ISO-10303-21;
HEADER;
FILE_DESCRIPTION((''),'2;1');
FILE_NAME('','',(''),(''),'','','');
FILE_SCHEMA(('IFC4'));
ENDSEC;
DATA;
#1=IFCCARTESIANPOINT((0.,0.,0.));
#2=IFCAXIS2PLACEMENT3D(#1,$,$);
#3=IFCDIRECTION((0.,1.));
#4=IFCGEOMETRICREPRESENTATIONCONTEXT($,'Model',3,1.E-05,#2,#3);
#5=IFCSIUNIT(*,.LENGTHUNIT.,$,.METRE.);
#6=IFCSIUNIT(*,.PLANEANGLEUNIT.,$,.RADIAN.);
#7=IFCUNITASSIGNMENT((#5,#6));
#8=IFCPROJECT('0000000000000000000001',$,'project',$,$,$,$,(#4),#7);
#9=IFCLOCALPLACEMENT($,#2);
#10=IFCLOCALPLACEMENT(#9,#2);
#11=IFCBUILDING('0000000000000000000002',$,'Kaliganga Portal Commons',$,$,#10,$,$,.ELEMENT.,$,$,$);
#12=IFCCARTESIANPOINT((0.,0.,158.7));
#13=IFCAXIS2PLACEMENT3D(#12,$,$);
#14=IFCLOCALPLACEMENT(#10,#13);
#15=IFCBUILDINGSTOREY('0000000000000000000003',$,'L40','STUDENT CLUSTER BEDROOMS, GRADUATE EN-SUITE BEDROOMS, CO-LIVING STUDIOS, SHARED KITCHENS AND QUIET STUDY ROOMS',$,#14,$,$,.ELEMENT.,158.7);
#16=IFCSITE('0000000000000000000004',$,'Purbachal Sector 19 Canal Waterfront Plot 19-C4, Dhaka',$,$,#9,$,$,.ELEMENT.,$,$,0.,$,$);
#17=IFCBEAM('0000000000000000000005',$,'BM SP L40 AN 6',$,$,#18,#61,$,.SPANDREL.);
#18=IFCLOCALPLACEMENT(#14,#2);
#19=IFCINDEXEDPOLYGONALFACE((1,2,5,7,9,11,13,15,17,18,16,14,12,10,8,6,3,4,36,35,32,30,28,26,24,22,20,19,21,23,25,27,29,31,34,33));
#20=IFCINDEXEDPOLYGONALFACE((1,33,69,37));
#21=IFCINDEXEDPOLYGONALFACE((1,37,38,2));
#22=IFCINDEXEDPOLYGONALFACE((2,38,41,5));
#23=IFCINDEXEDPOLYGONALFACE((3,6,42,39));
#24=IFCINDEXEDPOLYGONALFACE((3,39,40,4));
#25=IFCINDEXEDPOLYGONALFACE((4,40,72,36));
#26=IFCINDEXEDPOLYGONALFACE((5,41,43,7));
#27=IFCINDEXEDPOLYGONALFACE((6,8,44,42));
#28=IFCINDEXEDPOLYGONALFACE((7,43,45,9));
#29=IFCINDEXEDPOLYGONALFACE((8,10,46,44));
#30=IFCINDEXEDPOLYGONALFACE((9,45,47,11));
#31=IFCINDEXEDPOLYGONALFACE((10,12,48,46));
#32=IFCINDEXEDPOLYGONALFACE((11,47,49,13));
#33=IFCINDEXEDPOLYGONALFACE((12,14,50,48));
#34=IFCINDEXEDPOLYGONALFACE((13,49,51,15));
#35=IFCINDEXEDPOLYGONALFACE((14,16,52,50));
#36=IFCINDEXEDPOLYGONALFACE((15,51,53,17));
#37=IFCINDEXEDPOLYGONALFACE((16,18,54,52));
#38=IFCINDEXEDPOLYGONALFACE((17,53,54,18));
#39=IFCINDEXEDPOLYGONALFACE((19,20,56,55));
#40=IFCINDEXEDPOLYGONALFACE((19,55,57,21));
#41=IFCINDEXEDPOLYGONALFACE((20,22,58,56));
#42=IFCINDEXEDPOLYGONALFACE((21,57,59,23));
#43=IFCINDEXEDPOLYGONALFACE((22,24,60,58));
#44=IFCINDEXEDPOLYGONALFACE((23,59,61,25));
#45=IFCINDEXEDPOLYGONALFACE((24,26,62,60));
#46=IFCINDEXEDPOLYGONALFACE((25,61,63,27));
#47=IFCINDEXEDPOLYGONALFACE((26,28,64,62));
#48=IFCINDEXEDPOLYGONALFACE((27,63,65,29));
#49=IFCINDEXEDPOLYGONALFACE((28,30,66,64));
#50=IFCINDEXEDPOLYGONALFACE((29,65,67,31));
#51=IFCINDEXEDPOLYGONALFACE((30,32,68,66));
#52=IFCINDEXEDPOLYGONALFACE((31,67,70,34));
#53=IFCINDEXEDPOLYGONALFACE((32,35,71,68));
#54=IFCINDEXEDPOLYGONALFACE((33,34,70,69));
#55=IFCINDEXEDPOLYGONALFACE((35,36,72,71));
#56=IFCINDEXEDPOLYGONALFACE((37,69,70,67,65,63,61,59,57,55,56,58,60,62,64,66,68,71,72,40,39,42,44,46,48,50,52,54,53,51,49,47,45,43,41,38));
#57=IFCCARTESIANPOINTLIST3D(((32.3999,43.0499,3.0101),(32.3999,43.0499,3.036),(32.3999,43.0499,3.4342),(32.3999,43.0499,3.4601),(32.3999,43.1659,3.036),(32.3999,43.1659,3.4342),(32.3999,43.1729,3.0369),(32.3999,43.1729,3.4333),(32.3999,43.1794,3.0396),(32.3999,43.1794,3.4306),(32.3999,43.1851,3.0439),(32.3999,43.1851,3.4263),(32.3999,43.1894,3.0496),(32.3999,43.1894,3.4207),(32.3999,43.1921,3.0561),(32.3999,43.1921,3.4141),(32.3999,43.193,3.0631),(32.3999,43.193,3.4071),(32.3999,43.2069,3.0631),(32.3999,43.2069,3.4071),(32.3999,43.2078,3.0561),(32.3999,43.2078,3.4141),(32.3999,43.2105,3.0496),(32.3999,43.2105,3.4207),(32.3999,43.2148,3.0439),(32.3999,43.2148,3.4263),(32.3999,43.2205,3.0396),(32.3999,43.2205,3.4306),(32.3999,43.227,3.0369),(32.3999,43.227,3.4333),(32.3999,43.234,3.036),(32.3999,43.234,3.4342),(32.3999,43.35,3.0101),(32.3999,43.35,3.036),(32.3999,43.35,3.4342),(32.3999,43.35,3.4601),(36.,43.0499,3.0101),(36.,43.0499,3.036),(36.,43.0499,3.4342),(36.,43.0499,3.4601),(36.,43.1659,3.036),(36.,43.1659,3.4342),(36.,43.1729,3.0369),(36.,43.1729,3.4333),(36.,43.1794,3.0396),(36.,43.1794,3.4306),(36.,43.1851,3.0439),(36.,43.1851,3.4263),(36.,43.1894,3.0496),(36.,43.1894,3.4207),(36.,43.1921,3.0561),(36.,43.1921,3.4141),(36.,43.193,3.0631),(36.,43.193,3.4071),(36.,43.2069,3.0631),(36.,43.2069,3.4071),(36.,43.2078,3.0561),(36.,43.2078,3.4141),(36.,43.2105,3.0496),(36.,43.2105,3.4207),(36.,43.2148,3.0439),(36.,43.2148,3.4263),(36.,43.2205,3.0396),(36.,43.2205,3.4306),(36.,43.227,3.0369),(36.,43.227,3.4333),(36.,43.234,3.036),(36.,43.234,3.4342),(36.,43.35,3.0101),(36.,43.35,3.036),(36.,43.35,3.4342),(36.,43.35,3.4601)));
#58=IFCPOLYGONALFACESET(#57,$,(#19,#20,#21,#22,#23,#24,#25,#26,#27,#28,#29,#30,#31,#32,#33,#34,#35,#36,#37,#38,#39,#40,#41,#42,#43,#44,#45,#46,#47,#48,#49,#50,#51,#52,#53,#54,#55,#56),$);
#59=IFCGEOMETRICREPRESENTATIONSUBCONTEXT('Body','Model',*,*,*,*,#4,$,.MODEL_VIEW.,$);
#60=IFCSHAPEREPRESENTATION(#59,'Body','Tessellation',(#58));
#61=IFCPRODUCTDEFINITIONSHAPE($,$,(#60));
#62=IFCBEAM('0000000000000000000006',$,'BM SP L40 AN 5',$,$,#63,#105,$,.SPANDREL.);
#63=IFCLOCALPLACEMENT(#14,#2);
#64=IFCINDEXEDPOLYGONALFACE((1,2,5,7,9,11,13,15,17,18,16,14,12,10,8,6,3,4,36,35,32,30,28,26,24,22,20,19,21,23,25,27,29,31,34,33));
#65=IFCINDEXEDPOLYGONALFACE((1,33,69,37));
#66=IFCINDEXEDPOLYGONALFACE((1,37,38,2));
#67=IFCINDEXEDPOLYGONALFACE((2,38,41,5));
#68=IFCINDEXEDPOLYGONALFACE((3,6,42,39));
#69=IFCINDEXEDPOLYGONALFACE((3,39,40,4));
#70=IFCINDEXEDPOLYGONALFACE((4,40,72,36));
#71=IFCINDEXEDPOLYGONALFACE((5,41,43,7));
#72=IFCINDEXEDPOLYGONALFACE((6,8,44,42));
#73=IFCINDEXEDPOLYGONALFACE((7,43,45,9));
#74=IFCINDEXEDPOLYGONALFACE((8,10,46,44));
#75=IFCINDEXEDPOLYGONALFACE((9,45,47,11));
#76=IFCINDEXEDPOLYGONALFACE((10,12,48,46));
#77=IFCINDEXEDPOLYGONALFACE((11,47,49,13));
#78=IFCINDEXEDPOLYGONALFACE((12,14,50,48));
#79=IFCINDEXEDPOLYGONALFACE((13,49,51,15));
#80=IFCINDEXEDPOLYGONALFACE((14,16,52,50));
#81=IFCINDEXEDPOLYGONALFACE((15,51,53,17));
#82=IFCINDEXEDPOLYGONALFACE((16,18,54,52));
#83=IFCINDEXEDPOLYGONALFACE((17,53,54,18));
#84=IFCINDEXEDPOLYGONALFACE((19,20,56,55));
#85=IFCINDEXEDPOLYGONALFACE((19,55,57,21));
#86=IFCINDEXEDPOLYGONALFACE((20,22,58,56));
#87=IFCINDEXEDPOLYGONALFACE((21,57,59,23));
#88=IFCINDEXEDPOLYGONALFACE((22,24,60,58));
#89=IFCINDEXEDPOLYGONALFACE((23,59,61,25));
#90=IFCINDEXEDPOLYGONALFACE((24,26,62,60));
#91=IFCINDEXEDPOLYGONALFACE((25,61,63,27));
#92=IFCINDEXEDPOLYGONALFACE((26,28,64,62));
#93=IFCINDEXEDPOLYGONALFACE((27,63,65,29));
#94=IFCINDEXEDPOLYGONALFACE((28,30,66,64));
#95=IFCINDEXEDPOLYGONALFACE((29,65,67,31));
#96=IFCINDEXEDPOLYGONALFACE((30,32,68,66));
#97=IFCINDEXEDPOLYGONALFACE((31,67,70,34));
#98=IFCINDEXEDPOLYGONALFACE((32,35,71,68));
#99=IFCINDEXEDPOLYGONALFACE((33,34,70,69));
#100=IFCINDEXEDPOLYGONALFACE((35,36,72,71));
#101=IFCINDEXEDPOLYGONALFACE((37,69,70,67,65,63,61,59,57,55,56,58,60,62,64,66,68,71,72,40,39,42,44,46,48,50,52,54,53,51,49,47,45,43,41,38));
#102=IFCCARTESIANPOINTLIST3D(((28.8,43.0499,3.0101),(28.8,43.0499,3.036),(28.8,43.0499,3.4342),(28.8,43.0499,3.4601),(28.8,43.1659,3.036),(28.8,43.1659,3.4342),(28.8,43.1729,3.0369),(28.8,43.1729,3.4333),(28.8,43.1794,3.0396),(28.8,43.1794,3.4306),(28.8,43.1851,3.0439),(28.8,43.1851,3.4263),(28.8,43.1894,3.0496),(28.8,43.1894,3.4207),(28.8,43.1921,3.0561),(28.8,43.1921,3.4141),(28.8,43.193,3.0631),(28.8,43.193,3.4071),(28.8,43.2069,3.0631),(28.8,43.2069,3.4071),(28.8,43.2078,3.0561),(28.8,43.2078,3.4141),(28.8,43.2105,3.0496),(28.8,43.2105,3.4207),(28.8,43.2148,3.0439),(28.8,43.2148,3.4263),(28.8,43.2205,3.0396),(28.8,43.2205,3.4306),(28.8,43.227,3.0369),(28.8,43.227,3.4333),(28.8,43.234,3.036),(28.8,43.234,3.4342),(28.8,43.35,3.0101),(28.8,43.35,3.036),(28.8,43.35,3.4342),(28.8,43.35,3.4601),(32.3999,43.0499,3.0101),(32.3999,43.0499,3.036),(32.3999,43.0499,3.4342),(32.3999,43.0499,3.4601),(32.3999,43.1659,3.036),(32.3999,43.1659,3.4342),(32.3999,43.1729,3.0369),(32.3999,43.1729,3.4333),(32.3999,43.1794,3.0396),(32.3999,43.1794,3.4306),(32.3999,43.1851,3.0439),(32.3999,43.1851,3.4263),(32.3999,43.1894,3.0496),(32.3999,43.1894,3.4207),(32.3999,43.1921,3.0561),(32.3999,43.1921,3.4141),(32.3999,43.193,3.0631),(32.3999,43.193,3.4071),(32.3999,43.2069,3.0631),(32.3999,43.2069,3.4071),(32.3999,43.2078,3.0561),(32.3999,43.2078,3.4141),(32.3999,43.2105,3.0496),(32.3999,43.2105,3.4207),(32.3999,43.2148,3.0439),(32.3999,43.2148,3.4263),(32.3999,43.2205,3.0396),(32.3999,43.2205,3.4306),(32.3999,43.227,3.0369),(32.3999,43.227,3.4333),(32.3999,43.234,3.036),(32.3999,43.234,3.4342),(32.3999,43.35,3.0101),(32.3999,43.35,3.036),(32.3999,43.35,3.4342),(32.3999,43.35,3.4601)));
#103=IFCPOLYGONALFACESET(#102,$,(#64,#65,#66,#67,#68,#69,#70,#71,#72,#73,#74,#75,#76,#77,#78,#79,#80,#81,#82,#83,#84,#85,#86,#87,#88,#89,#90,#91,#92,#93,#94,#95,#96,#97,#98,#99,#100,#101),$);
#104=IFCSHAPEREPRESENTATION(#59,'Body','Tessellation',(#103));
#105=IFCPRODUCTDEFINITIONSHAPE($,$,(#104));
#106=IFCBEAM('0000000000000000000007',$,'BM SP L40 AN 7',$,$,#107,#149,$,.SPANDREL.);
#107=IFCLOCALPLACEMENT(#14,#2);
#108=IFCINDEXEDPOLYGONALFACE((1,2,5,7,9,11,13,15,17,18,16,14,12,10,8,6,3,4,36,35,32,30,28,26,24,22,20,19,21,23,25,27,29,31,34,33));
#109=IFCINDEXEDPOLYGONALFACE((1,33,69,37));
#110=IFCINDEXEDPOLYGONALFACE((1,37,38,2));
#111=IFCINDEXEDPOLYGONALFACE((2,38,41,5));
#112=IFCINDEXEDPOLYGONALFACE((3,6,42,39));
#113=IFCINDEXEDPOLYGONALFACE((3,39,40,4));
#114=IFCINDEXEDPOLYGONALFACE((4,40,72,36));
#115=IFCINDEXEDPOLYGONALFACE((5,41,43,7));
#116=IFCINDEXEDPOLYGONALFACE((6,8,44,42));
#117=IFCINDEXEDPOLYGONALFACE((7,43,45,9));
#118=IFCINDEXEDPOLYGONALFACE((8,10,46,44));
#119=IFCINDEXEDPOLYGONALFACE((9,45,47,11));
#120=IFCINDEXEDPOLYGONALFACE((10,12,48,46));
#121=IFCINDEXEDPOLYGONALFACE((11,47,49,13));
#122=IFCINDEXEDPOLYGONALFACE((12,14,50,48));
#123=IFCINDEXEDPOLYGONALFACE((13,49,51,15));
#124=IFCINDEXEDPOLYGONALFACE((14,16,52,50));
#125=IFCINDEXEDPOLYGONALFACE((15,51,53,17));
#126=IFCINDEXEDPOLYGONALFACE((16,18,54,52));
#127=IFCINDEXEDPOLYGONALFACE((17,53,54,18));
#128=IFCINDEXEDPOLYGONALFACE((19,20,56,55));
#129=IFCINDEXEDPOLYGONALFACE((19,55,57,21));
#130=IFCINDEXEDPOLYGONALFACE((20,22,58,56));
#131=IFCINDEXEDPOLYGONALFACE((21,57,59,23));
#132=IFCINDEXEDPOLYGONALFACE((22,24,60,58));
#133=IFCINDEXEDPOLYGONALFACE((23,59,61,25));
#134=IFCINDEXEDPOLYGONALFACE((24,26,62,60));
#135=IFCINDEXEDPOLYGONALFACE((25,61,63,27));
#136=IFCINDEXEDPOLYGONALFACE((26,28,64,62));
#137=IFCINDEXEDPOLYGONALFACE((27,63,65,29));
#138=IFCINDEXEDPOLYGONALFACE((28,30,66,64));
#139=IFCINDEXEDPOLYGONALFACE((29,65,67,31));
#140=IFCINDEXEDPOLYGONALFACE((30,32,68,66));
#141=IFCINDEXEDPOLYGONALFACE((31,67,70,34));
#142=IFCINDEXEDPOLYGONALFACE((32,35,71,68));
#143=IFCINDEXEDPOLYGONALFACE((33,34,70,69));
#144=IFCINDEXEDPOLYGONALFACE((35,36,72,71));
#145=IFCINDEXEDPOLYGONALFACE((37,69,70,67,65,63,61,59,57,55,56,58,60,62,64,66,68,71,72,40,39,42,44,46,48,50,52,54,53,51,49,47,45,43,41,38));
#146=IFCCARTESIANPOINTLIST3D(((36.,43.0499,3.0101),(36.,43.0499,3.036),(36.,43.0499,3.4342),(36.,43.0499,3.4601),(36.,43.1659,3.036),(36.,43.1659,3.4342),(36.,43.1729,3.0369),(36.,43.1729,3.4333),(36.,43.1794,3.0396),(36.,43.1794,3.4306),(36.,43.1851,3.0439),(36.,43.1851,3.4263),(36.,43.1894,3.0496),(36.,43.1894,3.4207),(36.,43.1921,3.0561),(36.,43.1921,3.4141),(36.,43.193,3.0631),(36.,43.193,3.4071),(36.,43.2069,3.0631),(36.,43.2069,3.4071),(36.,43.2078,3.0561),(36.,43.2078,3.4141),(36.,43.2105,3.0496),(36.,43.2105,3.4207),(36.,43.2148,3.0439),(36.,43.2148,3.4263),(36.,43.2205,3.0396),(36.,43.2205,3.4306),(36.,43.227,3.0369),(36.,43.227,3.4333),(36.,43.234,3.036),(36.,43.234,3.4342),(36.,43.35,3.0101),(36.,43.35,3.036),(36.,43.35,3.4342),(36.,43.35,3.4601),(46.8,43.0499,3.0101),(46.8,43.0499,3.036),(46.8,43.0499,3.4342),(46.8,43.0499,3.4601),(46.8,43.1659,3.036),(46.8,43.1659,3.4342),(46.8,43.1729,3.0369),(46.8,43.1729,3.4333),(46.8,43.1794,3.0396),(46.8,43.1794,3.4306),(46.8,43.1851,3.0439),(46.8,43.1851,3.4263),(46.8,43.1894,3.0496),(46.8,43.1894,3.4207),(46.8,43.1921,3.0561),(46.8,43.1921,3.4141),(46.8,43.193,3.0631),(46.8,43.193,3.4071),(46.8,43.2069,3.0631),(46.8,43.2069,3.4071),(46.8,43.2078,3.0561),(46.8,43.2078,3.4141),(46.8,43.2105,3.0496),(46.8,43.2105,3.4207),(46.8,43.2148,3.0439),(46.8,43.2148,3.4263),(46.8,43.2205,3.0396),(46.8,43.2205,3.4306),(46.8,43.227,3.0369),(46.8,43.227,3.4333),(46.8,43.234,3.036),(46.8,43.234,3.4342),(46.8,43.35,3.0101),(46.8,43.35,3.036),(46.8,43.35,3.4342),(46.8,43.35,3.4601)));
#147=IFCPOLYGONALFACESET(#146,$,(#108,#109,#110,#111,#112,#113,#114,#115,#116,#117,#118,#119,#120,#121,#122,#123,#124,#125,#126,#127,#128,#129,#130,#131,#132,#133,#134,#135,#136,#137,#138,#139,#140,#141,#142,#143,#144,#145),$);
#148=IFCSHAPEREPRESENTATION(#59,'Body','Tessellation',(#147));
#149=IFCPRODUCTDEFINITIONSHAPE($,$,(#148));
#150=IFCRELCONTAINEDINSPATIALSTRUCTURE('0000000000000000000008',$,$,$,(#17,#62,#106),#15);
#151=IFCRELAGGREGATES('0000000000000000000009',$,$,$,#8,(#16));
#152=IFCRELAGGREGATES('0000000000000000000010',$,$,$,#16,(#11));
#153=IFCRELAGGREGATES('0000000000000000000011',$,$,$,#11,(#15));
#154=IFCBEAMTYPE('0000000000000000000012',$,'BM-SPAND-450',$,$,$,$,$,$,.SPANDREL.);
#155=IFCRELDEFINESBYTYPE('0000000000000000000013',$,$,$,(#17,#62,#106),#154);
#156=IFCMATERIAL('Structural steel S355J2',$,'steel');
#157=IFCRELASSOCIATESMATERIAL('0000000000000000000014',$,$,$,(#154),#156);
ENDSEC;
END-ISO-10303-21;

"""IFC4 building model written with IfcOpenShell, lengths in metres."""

from ifc_helpers import new_model, si_unit, direction, frame, origin, origin_2d, place, context, subcontext, project, spatial, i_section, extrude, source, transform, mapped, material, material_profile, profile_set, type_object, element, save


model = new_model("IFC4")

# Units and contexts
model_context = context("Model", 3, precision=1e-05, world=origin(), true_north=direction((0.0, 1.0)))
body_context = subcontext(model_context, "Body", "Model", "MODEL_VIEW")
ifc_project = project(units=[si_unit("LENGTHUNIT", "METRE"), si_unit("PLANEANGLEUNIT", "RADIAN")], contexts=[model_context])

# Site, building, storey
site_placement = place(None, origin())
site = spatial("IfcSite", under=ifc_project, at=site_placement, Name="Purbachal Sector 19 Canal Waterfront Plot 19-C4, Dhaka", CompositionType="ELEMENT", RefElevation=0.0)
building_placement = place(site_placement, origin())
building = spatial("IfcBuilding", under=site, at=building_placement, Name="Kaliganga Portal Commons", CompositionType="ELEMENT")
storey_placement = place(building_placement, frame((0.0, 0.0, 158.7)))
storey = spatial("IfcBuildingStorey", under=building, at=storey_placement, Name="L40", Description="STUDENT CLUSTER BEDROOMS, GRADUATE EN-SUITE BEDROOMS, CO-LIVING STUDIOS, SHARED KITCHENS AND QUIET STUDY ROOMS", CompositionType="ELEMENT", Elevation=158.7)

# Beams
ifc_material_1 = material(Name="Structural steel S355J2", Category="steel")
ifc_material_profile_1 = material_profile(ifc_material_1, i_section(OverallWidth=0.3, OverallDepth=0.45, WebThickness=0.0139, FlangeThickness=0.0259, FilletRadius=0.0271, at=origin_2d()), Name="HE 450 B")
ifc_profile_set_1 = profile_set([ifc_material_profile_1], Name="Structural steel S355J2 wide-flange")
beam_type_1 = type_object("IfcBeamType", Name="BM-SPAND-450", PredefinedType="SPANDREL", material=ifc_profile_set_1)
shared_shape_1 = source(origin(), body_context, "Body", "SweptSolid", [
    extrude(i_section(OverallWidth=0.3, OverallDepth=0.45, WebThickness=0.0139, FlangeThickness=0.0259, FilletRadius=0.0271, at=origin_2d()), origin(), (0.0, 0.0, 1.0), 3.6001),
])
beam_1_placement = place(storey_placement, frame((32.3999, 43.2, 3.2351), z_axis=(1.0, 0.0, 0.0), x_axis=(0.0, 1.0, 0.0)))
element("IfcBeam", 1, at=beam_1_placement, inside=storey, type_object=beam_type_1, Name="BM SP L40 AN 6", PredefinedType="SPANDREL", context=body_context, shape_type="MappedRepresentation", body=[
    mapped(shared_shape_1, transform((0.0, 0.0, 0.0), x_axis=(1.0, 0.0, 0.0), y_axis=(0.0, 1.0, 0.0), z_axis=(0.0, 0.0, 1.0), scale=1.0)),
])
shared_shape_2 = source(origin(), body_context, "Body", "SweptSolid", [
    extrude(i_section(OverallWidth=0.3, OverallDepth=0.45, WebThickness=0.0139, FlangeThickness=0.0259, FilletRadius=0.0271, at=origin_2d()), origin(), (0.0, 0.0, 1.0), 3.5999),
])
beam_2_placement = place(storey_placement, frame((28.8, 43.2, 3.2351), z_axis=(1.0, 0.0, 0.0), x_axis=(0.0, 1.0, 0.0)))
element("IfcBeam", 2, at=beam_2_placement, inside=storey, type_object=beam_type_1, Name="BM SP L40 AN 5", PredefinedType="SPANDREL", context=body_context, shape_type="MappedRepresentation", body=[
    mapped(shared_shape_2, transform((0.0, 0.0, 0.0), x_axis=(1.0, 0.0, 0.0), y_axis=(0.0, 1.0, 0.0), z_axis=(0.0, 0.0, 1.0), scale=1.0)),
])
shared_shape_3 = source(origin(), body_context, "Body", "SweptSolid", [
    extrude(i_section(OverallWidth=0.3, OverallDepth=0.45, WebThickness=0.0139, FlangeThickness=0.0259, FilletRadius=0.0271, at=origin_2d()), origin(), (0.0, 0.0, 1.0), 10.8),
])
beam_3_placement = place(storey_placement, frame((36.0, 43.2, 3.2351), z_axis=(1.0, 0.0, 0.0), x_axis=(0.0, 1.0, 0.0)))
element("IfcBeam", 3, at=beam_3_placement, inside=storey, type_object=beam_type_1, Name="BM SP L40 AN 7", PredefinedType="SPANDREL", context=body_context, shape_type="MappedRepresentation", body=[
    mapped(shared_shape_3, transform((0.0, 0.0, 0.0), x_axis=(1.0, 0.0, 0.0), y_axis=(0.0, 1.0, 0.0), z_axis=(0.0, 0.0, 1.0), scale=1.0)),
])

save(model, "model.ifc")
